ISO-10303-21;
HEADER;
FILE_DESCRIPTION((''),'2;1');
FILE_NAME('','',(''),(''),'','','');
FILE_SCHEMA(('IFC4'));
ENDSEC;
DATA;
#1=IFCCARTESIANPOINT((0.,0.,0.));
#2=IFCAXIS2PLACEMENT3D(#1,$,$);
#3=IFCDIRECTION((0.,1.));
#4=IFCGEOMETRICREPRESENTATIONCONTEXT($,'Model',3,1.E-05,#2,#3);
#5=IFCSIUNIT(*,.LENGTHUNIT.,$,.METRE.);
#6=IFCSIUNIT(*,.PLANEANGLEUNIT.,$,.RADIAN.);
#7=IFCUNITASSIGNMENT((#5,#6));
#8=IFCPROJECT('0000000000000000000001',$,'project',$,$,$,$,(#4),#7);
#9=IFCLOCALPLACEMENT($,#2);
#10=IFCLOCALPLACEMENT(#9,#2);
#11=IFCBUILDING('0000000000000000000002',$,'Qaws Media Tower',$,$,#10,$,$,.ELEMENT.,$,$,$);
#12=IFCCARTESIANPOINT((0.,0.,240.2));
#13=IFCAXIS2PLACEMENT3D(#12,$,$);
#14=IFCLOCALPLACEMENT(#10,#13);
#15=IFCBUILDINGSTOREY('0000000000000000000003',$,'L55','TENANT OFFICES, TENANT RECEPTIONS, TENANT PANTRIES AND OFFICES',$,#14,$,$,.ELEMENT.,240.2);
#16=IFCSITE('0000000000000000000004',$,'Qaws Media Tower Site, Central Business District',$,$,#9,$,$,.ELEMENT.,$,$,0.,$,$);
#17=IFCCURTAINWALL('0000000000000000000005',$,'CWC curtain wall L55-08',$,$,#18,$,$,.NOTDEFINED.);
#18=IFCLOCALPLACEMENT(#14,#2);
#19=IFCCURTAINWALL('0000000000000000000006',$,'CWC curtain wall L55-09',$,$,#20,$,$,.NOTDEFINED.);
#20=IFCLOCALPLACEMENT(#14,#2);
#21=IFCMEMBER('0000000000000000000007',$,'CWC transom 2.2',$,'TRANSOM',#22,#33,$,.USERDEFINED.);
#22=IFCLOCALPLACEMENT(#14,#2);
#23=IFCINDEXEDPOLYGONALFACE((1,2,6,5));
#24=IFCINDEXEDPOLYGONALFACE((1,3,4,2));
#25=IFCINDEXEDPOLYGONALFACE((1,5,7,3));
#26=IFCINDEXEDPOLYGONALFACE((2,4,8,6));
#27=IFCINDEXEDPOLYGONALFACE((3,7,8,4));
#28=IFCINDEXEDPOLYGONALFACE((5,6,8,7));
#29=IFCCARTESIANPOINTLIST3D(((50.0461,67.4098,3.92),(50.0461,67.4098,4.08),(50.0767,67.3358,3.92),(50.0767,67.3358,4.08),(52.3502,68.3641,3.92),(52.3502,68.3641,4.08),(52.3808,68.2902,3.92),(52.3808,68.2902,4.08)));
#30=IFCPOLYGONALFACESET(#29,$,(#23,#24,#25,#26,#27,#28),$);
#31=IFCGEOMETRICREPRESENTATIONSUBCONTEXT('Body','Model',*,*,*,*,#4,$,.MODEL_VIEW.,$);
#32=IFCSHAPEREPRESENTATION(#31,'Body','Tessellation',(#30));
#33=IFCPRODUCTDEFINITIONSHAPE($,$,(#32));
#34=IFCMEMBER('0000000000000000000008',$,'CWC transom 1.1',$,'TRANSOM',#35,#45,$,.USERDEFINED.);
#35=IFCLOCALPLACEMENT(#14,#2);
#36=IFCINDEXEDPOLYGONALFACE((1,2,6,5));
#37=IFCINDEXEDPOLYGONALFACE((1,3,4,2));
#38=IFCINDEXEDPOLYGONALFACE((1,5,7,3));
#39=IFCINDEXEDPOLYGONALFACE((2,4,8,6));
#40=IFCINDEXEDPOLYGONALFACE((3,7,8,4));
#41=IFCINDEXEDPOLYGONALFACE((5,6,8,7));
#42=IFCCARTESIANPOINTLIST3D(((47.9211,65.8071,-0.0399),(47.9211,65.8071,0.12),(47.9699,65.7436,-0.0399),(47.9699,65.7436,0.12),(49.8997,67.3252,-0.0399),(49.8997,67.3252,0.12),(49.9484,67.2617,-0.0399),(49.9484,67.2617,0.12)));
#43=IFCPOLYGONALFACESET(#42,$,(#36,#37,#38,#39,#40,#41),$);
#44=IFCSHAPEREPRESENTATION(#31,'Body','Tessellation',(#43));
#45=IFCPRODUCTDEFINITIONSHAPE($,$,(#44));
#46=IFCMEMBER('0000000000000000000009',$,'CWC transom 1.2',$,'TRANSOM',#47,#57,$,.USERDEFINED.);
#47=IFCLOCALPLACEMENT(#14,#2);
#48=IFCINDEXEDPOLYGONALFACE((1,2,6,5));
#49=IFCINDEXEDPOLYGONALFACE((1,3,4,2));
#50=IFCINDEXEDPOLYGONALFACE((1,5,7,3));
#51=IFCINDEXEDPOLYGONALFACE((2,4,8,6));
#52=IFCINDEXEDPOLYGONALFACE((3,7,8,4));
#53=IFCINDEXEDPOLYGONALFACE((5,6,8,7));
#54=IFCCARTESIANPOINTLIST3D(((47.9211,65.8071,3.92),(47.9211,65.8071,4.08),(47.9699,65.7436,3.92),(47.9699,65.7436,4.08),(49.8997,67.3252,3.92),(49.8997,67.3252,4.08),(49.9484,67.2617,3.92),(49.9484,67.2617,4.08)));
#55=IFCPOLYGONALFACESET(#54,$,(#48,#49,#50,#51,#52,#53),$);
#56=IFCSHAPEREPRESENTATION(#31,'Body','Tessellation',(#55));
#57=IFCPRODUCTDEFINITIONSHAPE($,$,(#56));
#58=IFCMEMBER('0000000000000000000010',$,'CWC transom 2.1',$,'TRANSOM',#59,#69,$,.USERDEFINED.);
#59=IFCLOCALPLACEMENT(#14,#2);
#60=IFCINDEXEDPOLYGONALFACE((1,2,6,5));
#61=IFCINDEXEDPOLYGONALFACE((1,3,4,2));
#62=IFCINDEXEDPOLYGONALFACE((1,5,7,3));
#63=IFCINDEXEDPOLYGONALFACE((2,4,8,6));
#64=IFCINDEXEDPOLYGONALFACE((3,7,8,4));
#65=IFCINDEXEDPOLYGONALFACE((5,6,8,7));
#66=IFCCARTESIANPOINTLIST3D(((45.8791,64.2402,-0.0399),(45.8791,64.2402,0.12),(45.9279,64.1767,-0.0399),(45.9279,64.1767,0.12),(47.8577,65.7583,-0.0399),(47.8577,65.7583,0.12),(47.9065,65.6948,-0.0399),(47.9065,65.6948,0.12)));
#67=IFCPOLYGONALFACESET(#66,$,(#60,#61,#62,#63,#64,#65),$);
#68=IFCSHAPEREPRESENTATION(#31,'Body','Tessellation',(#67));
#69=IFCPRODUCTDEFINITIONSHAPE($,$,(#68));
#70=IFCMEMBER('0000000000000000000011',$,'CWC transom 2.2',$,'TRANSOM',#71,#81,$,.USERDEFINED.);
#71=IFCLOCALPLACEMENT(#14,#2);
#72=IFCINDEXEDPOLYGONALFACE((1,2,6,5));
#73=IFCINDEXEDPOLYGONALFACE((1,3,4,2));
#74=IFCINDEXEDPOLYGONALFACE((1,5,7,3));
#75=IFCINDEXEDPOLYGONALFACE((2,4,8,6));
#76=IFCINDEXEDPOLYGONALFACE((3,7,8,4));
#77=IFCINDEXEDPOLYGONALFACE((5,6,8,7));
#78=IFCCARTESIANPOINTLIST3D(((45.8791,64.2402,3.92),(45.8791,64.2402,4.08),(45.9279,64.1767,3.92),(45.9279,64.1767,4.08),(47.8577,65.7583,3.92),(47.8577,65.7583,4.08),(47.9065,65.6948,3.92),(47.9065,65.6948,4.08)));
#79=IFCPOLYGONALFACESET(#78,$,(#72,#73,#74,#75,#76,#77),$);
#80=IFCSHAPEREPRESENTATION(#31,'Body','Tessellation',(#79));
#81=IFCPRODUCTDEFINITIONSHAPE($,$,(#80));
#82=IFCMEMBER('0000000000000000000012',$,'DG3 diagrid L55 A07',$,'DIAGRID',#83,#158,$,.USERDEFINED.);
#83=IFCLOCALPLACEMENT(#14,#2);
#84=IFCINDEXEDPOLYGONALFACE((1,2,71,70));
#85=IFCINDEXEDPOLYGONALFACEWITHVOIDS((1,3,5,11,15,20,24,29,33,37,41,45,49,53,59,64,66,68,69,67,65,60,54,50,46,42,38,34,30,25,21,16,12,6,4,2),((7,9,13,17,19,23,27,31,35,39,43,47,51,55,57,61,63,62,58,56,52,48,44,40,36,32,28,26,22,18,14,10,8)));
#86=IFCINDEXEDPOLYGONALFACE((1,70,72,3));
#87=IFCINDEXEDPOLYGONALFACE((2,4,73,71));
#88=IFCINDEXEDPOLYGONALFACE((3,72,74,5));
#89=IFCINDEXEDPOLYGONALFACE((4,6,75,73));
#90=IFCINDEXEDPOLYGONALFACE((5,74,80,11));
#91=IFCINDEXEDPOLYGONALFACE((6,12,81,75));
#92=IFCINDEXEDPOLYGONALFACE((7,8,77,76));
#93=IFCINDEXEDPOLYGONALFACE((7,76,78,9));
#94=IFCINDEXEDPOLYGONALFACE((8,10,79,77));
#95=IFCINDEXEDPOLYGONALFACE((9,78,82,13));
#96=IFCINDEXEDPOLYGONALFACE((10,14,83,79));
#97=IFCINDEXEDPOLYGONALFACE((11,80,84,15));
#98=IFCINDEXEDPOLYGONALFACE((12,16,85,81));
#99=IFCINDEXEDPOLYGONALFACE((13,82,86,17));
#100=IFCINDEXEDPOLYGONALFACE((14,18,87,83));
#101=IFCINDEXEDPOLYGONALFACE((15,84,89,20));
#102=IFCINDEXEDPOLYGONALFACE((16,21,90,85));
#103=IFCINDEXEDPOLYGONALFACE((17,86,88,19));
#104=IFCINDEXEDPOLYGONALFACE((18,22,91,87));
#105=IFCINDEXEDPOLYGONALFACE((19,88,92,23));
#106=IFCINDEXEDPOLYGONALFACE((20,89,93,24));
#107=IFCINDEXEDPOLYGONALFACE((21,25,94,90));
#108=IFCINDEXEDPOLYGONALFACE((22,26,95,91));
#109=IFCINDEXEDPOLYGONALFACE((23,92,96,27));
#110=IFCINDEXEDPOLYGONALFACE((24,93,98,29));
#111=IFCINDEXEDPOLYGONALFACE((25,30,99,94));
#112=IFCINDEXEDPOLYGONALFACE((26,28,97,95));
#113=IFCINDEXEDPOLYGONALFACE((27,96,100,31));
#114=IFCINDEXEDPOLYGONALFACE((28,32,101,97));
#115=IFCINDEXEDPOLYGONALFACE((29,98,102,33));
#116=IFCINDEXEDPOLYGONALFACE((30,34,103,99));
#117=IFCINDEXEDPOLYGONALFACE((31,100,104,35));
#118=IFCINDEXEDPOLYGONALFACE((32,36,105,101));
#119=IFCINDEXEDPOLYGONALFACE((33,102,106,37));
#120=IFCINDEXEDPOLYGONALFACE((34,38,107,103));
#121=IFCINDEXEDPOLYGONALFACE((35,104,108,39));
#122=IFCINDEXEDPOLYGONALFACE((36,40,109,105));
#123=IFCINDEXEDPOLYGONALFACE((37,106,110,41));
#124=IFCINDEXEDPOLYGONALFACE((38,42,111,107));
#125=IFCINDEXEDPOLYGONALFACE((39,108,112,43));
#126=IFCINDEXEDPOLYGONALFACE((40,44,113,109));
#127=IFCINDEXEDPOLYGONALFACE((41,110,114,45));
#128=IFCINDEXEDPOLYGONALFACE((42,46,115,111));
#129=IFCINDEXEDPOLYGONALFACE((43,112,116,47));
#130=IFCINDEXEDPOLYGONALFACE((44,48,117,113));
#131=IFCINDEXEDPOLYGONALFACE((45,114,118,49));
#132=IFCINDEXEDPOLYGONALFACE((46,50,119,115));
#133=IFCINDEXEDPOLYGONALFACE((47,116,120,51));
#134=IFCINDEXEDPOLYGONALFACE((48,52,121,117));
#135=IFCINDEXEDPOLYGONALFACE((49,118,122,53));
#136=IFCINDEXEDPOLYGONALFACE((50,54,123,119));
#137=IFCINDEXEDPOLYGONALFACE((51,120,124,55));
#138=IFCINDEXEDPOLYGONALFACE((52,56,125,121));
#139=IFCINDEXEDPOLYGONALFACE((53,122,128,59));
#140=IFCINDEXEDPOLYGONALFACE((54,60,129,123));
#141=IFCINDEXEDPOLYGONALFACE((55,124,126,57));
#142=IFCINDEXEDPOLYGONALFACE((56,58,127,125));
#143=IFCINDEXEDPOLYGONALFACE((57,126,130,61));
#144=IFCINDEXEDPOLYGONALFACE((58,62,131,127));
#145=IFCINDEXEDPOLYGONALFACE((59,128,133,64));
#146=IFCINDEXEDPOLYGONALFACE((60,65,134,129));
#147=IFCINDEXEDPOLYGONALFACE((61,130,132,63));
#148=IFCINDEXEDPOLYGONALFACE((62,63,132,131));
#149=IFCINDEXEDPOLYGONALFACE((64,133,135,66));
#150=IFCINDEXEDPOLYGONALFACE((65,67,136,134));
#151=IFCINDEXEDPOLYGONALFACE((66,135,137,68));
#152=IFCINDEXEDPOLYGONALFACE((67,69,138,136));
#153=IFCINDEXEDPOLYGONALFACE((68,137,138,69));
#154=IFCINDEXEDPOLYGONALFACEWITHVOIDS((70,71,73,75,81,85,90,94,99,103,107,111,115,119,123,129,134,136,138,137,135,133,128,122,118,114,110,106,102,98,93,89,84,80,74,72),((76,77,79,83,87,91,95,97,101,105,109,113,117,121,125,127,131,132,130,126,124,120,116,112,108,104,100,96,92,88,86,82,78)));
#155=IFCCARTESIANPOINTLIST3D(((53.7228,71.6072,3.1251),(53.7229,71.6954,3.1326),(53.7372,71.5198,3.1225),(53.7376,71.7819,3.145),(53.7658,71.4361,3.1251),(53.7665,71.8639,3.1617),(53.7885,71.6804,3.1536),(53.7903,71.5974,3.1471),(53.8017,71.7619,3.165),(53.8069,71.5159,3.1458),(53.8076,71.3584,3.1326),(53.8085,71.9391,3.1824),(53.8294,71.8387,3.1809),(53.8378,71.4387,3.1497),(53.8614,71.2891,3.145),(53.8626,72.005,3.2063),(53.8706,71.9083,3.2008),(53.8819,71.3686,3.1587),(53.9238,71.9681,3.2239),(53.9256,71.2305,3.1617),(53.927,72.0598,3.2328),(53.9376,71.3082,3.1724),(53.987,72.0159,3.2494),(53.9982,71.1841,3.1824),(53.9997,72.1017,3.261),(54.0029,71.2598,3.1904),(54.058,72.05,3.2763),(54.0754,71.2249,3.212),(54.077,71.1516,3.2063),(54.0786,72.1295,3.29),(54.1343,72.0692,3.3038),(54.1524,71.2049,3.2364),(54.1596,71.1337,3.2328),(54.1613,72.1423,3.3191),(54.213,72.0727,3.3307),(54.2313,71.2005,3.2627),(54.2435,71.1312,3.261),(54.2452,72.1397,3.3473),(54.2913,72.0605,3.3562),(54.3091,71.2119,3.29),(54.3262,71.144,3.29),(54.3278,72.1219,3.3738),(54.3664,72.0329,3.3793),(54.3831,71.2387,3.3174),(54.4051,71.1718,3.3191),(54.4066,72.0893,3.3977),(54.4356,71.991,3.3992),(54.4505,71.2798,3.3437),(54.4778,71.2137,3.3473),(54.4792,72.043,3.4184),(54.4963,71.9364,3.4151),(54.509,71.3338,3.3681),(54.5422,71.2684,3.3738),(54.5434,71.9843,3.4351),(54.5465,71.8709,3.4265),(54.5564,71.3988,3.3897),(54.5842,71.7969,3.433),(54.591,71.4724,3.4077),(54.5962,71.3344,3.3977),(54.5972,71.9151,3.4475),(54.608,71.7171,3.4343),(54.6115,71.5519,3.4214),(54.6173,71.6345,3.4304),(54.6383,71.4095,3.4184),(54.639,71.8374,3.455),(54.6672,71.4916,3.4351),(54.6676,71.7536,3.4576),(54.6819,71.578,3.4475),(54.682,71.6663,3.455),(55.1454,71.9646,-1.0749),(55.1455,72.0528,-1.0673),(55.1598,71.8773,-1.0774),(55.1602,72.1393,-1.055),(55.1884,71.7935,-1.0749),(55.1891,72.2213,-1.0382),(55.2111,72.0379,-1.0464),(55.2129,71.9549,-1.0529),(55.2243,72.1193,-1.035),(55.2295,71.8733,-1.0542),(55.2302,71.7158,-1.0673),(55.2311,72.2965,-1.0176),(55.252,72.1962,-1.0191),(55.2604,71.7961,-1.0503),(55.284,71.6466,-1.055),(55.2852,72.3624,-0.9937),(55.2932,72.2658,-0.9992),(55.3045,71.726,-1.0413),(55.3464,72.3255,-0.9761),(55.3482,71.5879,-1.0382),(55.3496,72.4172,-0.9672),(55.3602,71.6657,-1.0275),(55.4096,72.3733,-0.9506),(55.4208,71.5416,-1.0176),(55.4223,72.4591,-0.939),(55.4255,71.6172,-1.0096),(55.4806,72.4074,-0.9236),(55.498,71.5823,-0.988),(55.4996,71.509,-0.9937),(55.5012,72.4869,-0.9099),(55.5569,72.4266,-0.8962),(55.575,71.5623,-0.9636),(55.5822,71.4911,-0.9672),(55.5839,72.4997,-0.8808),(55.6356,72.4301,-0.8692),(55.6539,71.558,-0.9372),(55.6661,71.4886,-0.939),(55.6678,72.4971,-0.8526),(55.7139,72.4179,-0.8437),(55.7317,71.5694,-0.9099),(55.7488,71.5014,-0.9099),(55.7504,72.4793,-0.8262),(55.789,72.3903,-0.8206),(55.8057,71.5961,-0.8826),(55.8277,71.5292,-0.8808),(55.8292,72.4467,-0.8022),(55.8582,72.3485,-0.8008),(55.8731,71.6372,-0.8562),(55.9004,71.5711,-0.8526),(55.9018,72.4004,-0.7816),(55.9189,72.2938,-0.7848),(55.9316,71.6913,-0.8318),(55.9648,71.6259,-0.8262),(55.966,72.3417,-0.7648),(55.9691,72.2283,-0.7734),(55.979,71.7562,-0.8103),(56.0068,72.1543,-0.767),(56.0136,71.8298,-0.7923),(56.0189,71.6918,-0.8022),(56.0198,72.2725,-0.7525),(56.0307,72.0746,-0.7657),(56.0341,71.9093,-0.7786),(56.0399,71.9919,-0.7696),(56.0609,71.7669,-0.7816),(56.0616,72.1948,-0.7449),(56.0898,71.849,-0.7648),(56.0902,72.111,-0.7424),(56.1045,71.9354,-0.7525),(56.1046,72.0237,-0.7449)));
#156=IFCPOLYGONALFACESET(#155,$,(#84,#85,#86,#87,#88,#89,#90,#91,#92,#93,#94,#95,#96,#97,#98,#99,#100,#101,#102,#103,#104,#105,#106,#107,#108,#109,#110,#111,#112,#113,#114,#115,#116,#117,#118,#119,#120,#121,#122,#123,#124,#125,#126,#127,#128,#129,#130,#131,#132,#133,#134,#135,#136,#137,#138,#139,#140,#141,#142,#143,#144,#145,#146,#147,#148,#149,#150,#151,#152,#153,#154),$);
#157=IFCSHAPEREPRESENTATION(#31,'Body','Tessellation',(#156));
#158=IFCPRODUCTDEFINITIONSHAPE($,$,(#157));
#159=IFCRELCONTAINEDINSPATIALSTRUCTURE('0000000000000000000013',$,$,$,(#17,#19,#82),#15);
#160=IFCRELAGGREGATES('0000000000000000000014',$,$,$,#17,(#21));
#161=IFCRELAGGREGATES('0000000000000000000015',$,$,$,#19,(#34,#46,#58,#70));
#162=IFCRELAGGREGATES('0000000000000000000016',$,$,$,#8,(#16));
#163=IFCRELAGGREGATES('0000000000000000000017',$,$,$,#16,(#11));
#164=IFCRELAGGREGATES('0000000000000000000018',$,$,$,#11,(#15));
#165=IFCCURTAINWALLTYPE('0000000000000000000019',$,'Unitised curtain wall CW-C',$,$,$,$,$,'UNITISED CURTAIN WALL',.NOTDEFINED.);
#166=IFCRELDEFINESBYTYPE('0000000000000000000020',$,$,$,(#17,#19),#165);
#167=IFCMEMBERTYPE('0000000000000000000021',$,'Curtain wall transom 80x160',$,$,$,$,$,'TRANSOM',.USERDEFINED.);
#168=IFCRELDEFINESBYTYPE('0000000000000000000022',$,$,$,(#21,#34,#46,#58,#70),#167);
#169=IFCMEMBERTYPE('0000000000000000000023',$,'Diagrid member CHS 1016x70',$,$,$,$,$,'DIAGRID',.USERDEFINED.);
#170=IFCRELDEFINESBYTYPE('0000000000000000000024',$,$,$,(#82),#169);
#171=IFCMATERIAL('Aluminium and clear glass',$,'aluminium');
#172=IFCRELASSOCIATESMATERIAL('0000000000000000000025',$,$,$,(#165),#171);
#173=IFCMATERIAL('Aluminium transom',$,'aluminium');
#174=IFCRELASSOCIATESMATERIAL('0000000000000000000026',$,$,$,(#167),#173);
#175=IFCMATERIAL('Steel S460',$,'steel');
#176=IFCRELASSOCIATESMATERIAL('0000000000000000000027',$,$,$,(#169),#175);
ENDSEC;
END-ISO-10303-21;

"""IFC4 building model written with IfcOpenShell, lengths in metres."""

from ifc_helpers import new_model, si_unit, direction, frame, origin, origin_2d, place, context, subcontext, project, spatial, rectangle, hollow_circle, extrude, material, material_profile, profile_set, type_object, element, aggregate, save


model = new_model("IFC4")

# Units and contexts
model_context = context("Model", 3, precision=1e-05, world=origin(), true_north=direction((0.0, 1.0)))
body_context = subcontext(model_context, "Body", "Model", "MODEL_VIEW")
ifc_project = project(units=[si_unit("LENGTHUNIT", "METRE"), si_unit("PLANEANGLEUNIT", "RADIAN")], contexts=[model_context])

# Site, building, storey
site_placement = place(None, origin())
site = spatial("IfcSite", under=ifc_project, at=site_placement, Name="Qaws Media Tower Site, Central Business District", CompositionType="ELEMENT", RefElevation=0.0)
building_placement = place(site_placement, origin())
building = spatial("IfcBuilding", under=site, at=building_placement, Name="Qaws Media Tower", CompositionType="ELEMENT")
storey_placement = place(building_placement, frame((0.0, 0.0, 240.2)))
storey = spatial("IfcBuildingStorey", under=building, at=storey_placement, Name="L55", Description="TENANT OFFICES, TENANT RECEPTIONS, TENANT PANTRIES AND OFFICES", CompositionType="ELEMENT", Elevation=240.2)

# Curtain walls
ifc_material_1 = material(Name="Aluminium and clear glass", Category="aluminium")
curtain_wall_type = type_object("IfcCurtainWallType", Name="Unitised curtain wall CW-C", ElementType="UNITISED CURTAIN WALL", PredefinedType="NOTDEFINED", material=ifc_material_1)
curtain_wall_1_placement = place(storey_placement, origin())
curtain_wall_1 = element("IfcCurtainWall", 1, at=curtain_wall_1_placement, inside=storey, type_object=curtain_wall_type, Name="CWC curtain wall L55-08", PredefinedType="NOTDEFINED")
curtain_wall_2_placement = place(storey_placement, origin())
curtain_wall_2 = element("IfcCurtainWall", 2, at=curtain_wall_2_placement, inside=storey, type_object=curtain_wall_type, Name="CWC curtain wall L55-09", PredefinedType="NOTDEFINED")

# Members
ifc_material_2 = material(Name="Aluminium transom", Category="aluminium")
ifc_material_profile_1 = material_profile(ifc_material_2, rectangle(XDim=0.0801, YDim=0.1599, at=origin_2d()), Name="80x160")
ifc_profile_set_1 = profile_set([ifc_material_profile_1], Name="Aluminium transom")
member_type_1 = type_object("IfcMemberType", Name="Curtain wall transom 80x160", ElementType="TRANSOM", PredefinedType="USERDEFINED", material=ifc_profile_set_1)
member_1_placement = place(storey_placement, frame((52.3655, 68.3271, 4.0), z_axis=(-0.923877, -0.382689, 0.0), x_axis=(0.382689, -0.923877, 0.0)))
member_1 = element("IfcMember", 3, at=member_1_placement, type_object=member_type_1, Name="CWC transom 2.2", ObjectType="TRANSOM", PredefinedType="USERDEFINED", context=body_context, shape_type="SweptSolid", body=[
    extrude(rectangle(XDim=0.0801, YDim=0.1599, at=origin_2d()), origin(), (0.0, 0.0, 1.0), 2.4939),
])
member_2_placement = place(storey_placement, frame((49.9241, 67.2935, 0.04), z_axis=(-0.793373, -0.608736, 0.0), x_axis=(0.608736, -0.793373, 0.0)))
member_2 = element("IfcMember", 4, at=member_2_placement, type_object=member_type_1, Name="CWC transom 1.1", ObjectType="TRANSOM", PredefinedType="USERDEFINED", context=body_context, shape_type="SweptSolid", body=[
    extrude(rectangle(XDim=0.0801, YDim=0.1599, at=origin_2d()), origin(), (0.0, 0.0, 1.0), 2.4939),
])
member_3_placement = place(storey_placement, frame((49.9241, 67.2935, 4.0), z_axis=(-0.793373, -0.608736, 0.0), x_axis=(0.608736, -0.793373, 0.0)))
member_3 = element("IfcMember", 5, at=member_3_placement, type_object=member_type_1, Name="CWC transom 1.2", ObjectType="TRANSOM", PredefinedType="USERDEFINED", context=body_context, shape_type="SweptSolid", body=[
    extrude(rectangle(XDim=0.0801, YDim=0.1599, at=origin_2d()), origin(), (0.0, 0.0, 1.0), 2.4939),
])
member_4_placement = place(storey_placement, frame((47.8821, 65.7266, 0.04), z_axis=(-0.793373, -0.608736, 0.0), x_axis=(0.608736, -0.793373, 0.0)))
member_4 = element("IfcMember", 6, at=member_4_placement, type_object=member_type_1, Name="CWC transom 2.1", ObjectType="TRANSOM", PredefinedType="USERDEFINED", context=body_context, shape_type="SweptSolid", body=[
    extrude(rectangle(XDim=0.0801, YDim=0.1599, at=origin_2d()), origin(), (0.0, 0.0, 1.0), 2.4939),
])
member_5_placement = place(storey_placement, frame((47.8821, 65.7266, 4.0), z_axis=(-0.793373, -0.608736, 0.0), x_axis=(0.608736, -0.793373, 0.0)))
member_5 = element("IfcMember", 7, at=member_5_placement, type_object=member_type_1, Name="CWC transom 2.2", ObjectType="TRANSOM", PredefinedType="USERDEFINED", context=body_context, shape_type="SweptSolid", body=[
    extrude(rectangle(XDim=0.0801, YDim=0.1599, at=origin_2d()), origin(), (0.0, 0.0, 1.0), 2.4939),
])

# Member
ifc_material_3 = material(Name="Steel S460", Category="steel")
ifc_material_profile_2 = material_profile(ifc_material_3, hollow_circle(Radius=0.5081, WallThickness=0.0701, at=origin_2d()), Name="CHS 1016x70")
ifc_profile_set_2 = profile_set([ifc_material_profile_2], Name="Steel S460")
member_type_2 = type_object("IfcMemberType", Name="Diagrid member CHS 1016x70", ElementType="DIAGRID", PredefinedType="USERDEFINED", material=ifc_profile_set_2)
for number, where, z_axis, x_axis, name in (
    (8, (55.625, 71.9941, -0.9099), (-0.319779, -0.080343, 0.94408), (0.243671, -0.969858, 0.0), "DG3 diagrid L55 A07"),
):
    element("IfcMember", number, at=place(storey_placement, frame(where, z_axis=z_axis, x_axis=x_axis)), inside=storey, type_object=member_type_2, Name=name, ObjectType="DIAGRID", PredefinedType="USERDEFINED", context=body_context, shape_type="SweptSolid", body=[
        extrude(hollow_circle(Radius=0.5081, WallThickness=0.0701, at=origin_2d()), origin(), (0.0, 0.0, 1.0), 4.4487),
    ])

aggregate(curtain_wall_1, [member_1])
aggregate(curtain_wall_2, [member_2, member_3, member_4, member_5])

save(model, "model.ifc")
